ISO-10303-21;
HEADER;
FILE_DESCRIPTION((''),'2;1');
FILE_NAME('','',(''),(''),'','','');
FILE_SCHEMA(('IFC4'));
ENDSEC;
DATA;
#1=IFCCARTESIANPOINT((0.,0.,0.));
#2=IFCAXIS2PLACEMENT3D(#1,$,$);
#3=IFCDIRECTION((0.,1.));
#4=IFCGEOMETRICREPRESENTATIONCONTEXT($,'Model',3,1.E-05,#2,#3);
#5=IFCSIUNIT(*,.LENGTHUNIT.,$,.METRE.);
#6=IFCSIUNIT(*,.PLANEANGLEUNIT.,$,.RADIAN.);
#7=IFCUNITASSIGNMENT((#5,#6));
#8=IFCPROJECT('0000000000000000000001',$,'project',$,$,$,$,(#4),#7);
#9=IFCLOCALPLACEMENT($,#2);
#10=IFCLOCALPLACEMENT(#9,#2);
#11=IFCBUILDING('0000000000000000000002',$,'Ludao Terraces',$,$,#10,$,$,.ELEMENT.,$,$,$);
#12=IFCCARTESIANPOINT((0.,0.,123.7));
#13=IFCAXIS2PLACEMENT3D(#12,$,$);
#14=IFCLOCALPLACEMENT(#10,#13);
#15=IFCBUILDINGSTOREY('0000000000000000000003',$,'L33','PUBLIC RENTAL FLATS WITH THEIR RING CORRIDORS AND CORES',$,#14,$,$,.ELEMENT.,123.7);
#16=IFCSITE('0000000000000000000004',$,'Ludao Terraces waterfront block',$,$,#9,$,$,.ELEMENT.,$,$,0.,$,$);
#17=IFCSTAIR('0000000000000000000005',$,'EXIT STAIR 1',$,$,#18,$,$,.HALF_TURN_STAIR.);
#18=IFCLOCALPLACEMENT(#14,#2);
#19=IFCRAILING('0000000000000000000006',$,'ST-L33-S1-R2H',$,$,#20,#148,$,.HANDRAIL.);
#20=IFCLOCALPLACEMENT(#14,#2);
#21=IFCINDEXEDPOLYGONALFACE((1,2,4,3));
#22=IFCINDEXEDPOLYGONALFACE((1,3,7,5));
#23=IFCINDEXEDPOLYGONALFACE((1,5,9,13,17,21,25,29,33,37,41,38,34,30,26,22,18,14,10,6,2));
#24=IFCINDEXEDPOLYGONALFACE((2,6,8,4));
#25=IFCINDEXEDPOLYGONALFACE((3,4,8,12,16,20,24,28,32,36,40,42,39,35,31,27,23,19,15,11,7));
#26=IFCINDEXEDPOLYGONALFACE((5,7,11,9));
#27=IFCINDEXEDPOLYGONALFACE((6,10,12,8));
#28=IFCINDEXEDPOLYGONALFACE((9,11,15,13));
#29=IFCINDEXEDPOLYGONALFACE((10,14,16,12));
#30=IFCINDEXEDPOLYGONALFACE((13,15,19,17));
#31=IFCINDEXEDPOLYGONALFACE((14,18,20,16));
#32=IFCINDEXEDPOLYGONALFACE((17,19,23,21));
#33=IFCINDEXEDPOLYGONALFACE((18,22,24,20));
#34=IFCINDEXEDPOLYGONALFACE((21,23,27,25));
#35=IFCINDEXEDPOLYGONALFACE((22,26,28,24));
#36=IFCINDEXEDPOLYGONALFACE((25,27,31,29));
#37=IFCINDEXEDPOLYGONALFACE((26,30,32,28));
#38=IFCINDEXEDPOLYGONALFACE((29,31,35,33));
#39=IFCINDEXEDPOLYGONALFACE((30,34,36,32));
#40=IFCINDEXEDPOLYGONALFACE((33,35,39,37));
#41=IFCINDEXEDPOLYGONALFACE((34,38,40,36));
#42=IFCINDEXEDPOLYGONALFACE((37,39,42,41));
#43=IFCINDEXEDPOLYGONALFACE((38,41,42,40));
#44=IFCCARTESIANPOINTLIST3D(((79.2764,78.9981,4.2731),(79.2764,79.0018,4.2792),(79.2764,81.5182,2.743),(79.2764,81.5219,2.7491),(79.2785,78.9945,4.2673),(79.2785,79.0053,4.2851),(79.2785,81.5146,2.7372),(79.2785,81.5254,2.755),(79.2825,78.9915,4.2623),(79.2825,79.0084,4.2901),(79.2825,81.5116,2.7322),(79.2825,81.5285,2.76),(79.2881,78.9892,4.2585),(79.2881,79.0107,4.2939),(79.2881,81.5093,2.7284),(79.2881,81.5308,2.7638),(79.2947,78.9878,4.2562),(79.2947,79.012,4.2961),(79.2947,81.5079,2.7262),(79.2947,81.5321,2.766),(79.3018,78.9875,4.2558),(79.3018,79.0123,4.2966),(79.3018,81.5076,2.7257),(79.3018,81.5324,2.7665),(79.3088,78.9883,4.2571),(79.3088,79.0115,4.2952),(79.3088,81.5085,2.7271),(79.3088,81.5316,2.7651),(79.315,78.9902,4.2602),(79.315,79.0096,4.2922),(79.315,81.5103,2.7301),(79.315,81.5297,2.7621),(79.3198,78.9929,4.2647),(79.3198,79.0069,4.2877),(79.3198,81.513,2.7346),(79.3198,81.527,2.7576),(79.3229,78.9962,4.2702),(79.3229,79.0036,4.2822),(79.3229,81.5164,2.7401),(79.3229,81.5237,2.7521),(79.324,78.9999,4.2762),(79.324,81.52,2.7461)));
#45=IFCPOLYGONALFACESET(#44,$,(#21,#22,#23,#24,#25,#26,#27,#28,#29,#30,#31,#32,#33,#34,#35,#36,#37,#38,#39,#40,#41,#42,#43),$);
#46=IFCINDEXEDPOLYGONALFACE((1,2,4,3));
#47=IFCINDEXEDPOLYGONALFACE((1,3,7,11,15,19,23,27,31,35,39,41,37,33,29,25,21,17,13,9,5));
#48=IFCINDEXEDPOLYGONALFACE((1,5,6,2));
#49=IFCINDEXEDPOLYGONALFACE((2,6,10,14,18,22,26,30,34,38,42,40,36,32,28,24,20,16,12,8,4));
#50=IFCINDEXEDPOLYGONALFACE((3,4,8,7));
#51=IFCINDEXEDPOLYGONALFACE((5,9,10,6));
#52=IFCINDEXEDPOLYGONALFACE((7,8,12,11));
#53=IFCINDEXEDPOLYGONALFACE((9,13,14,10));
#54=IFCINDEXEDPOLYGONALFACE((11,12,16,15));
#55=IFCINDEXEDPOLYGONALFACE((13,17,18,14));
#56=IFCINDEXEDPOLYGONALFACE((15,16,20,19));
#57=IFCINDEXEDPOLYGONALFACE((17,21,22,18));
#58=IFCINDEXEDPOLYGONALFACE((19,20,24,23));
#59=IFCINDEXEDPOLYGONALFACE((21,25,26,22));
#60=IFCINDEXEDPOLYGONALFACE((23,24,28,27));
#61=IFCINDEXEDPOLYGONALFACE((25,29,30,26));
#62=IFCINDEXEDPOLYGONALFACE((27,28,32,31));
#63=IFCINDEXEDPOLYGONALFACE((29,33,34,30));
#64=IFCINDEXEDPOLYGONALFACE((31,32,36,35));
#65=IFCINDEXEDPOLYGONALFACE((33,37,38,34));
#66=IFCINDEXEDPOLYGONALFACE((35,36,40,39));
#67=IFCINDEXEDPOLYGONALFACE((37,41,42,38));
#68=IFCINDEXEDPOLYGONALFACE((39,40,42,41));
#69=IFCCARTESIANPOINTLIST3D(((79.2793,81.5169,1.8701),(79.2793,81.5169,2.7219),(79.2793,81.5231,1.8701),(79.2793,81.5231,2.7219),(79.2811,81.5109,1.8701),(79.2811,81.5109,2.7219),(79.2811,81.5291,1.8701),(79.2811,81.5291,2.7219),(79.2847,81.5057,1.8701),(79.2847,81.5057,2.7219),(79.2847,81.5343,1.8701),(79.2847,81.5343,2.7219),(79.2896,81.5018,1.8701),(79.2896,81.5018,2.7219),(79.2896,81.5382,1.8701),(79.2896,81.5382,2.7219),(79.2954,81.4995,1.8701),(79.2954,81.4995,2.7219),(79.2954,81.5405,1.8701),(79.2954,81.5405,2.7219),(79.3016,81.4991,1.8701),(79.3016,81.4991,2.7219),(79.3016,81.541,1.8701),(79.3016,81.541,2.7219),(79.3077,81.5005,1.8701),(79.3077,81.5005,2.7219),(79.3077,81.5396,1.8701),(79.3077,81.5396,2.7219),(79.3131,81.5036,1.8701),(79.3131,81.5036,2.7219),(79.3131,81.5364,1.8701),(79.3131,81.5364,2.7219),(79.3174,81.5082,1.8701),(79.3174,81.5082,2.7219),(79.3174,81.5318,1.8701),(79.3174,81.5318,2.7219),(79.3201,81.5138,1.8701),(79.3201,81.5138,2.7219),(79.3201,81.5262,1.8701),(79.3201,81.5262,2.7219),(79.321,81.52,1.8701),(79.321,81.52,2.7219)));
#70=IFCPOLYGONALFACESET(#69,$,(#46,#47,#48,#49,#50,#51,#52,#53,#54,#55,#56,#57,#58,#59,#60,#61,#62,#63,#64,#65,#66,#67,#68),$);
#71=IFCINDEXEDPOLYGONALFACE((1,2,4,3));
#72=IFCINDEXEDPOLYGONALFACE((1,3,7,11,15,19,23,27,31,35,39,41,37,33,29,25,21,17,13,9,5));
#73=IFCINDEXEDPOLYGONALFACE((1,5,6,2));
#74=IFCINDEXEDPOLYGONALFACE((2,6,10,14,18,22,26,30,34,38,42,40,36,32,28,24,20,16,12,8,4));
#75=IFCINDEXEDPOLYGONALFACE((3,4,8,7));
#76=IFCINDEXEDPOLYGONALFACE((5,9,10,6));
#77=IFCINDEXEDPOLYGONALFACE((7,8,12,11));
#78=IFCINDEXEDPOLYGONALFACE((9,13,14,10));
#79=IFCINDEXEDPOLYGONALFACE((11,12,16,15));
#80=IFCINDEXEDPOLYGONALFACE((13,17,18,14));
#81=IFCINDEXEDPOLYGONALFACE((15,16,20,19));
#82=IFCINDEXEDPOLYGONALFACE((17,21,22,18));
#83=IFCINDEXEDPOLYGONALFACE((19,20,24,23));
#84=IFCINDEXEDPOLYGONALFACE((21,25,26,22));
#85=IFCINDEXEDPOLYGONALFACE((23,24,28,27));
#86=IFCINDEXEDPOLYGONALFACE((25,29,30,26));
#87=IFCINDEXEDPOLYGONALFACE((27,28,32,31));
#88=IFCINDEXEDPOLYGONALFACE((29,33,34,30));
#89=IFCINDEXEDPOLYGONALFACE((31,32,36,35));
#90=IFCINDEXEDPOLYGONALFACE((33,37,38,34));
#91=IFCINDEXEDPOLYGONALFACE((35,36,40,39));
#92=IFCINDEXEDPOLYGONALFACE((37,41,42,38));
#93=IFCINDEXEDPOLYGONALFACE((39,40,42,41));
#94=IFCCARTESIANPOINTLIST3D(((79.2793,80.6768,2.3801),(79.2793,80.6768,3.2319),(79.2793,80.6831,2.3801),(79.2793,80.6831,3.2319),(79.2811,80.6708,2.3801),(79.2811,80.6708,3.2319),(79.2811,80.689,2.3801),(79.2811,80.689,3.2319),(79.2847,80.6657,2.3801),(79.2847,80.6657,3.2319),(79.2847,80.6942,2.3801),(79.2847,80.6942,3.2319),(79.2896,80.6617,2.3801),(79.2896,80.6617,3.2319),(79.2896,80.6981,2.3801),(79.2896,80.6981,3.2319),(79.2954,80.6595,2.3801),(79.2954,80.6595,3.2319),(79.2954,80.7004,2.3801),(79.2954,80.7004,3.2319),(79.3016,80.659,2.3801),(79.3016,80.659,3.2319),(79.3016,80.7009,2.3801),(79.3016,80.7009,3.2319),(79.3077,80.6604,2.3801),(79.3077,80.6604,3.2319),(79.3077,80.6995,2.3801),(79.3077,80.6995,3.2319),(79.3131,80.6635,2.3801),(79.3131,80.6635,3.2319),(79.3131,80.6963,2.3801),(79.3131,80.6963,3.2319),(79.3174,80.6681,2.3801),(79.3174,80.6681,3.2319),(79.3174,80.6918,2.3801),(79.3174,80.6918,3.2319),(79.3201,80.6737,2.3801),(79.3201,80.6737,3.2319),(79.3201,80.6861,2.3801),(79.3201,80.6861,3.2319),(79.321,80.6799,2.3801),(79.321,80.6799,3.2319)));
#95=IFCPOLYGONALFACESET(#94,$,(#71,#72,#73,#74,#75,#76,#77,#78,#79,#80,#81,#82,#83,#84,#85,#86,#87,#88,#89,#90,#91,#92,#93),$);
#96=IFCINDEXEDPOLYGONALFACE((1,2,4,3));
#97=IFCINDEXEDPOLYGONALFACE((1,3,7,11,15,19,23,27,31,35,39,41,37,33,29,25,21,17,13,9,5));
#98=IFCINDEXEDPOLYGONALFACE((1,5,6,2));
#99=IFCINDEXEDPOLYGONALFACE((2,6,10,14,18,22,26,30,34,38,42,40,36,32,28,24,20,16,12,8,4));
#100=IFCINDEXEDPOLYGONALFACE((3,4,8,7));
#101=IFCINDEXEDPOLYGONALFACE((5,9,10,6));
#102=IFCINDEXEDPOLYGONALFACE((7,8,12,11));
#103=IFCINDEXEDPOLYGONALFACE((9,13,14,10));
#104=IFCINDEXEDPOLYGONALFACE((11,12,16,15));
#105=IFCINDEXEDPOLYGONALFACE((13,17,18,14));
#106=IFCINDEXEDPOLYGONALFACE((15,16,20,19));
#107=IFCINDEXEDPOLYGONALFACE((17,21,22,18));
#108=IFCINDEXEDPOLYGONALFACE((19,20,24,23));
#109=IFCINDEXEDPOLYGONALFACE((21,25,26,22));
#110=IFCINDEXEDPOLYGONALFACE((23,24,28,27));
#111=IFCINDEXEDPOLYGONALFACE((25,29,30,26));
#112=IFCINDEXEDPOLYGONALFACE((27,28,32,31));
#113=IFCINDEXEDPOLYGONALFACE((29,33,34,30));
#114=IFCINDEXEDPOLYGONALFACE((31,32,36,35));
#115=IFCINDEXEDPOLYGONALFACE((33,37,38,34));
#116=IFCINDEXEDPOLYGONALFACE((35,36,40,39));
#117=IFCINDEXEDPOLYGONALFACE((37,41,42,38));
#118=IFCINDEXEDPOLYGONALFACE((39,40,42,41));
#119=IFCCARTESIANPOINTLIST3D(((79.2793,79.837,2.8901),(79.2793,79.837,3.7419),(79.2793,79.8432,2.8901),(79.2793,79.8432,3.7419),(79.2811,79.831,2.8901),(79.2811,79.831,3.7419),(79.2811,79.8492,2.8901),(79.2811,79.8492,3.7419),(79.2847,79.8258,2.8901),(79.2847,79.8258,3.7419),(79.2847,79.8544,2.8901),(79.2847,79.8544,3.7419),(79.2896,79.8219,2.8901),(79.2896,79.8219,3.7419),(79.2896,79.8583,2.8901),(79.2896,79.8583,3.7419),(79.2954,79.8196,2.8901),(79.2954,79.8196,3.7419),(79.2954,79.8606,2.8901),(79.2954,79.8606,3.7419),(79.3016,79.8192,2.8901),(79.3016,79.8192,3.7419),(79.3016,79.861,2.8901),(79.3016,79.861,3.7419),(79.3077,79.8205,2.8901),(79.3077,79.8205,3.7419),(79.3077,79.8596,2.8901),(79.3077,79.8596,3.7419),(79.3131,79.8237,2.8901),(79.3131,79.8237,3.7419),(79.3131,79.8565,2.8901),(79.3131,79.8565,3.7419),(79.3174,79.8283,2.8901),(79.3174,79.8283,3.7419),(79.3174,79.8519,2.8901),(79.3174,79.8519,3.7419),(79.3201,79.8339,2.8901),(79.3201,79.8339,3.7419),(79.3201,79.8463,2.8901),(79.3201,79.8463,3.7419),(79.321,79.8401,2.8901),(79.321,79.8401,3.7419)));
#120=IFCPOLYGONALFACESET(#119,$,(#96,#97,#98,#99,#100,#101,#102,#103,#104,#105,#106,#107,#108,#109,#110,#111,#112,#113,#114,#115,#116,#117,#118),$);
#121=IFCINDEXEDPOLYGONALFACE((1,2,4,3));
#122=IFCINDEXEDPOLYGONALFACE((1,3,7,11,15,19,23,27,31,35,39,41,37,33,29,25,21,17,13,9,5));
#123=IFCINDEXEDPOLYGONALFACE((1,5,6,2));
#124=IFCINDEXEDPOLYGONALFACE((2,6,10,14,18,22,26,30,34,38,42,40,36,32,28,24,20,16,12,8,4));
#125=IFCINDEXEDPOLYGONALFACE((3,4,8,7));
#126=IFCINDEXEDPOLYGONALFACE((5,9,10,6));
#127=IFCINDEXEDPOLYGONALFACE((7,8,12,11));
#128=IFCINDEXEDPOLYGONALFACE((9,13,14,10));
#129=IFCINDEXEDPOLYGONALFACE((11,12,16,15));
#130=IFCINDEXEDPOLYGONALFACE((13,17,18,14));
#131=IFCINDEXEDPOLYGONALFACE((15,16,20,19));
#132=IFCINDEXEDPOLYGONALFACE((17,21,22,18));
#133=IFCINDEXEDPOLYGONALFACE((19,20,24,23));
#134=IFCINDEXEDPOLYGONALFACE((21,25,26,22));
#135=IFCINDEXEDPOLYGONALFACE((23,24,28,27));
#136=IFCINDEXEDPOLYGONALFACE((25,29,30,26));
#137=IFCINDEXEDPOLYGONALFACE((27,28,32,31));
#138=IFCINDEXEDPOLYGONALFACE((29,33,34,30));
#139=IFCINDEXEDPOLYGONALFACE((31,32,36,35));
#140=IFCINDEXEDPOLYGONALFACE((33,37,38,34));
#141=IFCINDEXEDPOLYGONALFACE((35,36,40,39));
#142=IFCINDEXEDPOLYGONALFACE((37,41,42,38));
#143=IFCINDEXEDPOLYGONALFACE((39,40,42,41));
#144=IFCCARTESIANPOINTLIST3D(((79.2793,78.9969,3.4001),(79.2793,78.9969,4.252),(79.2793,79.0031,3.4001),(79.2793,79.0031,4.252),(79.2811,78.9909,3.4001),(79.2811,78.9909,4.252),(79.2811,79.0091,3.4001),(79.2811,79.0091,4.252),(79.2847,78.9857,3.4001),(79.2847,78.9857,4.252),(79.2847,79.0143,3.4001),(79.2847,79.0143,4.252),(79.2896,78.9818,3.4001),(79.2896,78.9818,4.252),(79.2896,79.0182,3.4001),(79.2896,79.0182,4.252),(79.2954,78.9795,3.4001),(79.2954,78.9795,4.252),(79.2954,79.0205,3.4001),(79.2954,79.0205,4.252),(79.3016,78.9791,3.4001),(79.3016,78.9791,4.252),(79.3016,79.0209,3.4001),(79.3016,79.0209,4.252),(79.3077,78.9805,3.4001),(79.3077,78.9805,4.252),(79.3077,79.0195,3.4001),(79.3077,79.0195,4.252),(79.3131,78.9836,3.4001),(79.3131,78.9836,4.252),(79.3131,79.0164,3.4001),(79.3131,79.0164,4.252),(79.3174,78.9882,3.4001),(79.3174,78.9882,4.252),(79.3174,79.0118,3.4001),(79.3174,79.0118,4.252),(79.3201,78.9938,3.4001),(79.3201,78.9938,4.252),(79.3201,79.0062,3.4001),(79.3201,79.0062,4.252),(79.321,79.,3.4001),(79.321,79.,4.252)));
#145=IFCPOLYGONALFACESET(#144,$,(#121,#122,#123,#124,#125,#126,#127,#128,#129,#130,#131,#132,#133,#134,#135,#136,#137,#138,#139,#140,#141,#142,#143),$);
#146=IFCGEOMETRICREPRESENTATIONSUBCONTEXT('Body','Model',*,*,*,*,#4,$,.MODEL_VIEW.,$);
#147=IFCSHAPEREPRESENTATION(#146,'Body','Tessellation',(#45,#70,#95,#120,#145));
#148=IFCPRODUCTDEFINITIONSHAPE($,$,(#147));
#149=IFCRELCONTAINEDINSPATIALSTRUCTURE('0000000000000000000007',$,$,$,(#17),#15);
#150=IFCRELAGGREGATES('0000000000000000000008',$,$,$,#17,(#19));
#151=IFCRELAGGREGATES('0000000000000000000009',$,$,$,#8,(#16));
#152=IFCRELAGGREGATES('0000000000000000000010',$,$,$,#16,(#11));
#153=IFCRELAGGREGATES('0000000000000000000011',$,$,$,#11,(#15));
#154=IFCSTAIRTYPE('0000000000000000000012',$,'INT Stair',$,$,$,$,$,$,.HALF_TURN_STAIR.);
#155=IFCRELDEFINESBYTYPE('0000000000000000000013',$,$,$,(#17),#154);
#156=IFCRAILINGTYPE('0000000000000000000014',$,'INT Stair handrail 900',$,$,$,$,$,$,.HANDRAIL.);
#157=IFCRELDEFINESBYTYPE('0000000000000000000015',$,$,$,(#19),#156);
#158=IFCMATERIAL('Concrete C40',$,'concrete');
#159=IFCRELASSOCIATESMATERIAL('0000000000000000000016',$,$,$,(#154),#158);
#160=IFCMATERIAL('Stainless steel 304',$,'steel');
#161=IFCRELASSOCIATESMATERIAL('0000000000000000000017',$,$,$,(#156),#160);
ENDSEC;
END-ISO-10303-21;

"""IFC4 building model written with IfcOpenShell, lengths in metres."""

from ifc_helpers import new_model, si_unit, direction, frame, origin, origin_2d, place, context, subcontext, project, spatial, circle, extrude, material, type_object, element, aggregate, save


model = new_model("IFC4")

# Units and contexts
model_context = context("Model", 3, precision=1e-05, world=origin(), true_north=direction((0.0, 1.0)))
body_context = subcontext(model_context, "Body", "Model", "MODEL_VIEW")
ifc_project = project(units=[si_unit("LENGTHUNIT", "METRE"), si_unit("PLANEANGLEUNIT", "RADIAN")], contexts=[model_context])

# Site, building, storey
site_placement = place(None, origin())
site = spatial("IfcSite", under=ifc_project, at=site_placement, Name="Ludao Terraces waterfront block", CompositionType="ELEMENT", RefElevation=0.0)
building_placement = place(site_placement, origin())
building = spatial("IfcBuilding", under=site, at=building_placement, Name="Ludao Terraces", CompositionType="ELEMENT")
storey_placement = place(building_placement, frame((0.0, 0.0, 123.7)))
storey = spatial("IfcBuildingStorey", under=building, at=storey_placement, Name="L33", Description="PUBLIC RENTAL FLATS WITH THEIR RING CORRIDORS AND CORES", CompositionType="ELEMENT", Elevation=123.7)

# Shared definitions
ifc_material_1 = material(Name="Stainless steel 304", Category="steel")

# Stair, railing
ifc_material_2 = material(Name="Concrete C40", Category="concrete")
stair_type = type_object("IfcStairType", Name="INT Stair", PredefinedType="HALF_TURN_STAIR", material=ifc_material_2)
stair_placement = place(storey_placement, origin())
stair = element("IfcStair", 1, at=stair_placement, inside=storey, type_object=stair_type, Name="EXIT STAIR 1", PredefinedType="HALF_TURN_STAIR")
railing_type_1 = type_object("IfcRailingType", Name="INT Stair handrail 900", PredefinedType="HANDRAIL", material=ifc_material_1)
railing_1_placement = place(storey_placement, frame((79.3, 81.52, 1.8701)))
railing_1 = element("IfcRailing", 2, at=railing_1_placement, type_object=railing_type_1, Name="ST-L33-S1-R2H", PredefinedType="HANDRAIL", context=body_context, shape_type="SweptSolid", body=[
    extrude(circle(Radius=0.0239, at=origin_2d()), frame((0.0, 0.0, 0.876), z_axis=(0.0, -0.854785, 0.518982), x_axis=(1.0, 0.0, 0.0)), (0.0, 0.0, 1.0), 2.9482),
    extrude(circle(Radius=0.021, at=origin_2d()), origin(), (0.0, 0.0, 1.0), 0.8518),
    extrude(circle(Radius=0.021, at=origin_2d()), frame((0.0, -0.8401, 0.51)), (0.0, 0.0, 1.0), 0.8518),
    extrude(circle(Radius=0.021, at=origin_2d()), frame((0.0, -1.6799, 1.02)), (0.0, 0.0, 1.0), 0.8518),
    extrude(circle(Radius=0.021, at=origin_2d()), frame((0.0, -2.52, 1.53)), (0.0, 0.0, 1.0), 0.8518),
])
aggregate(stair, [railing_1])

save(model, "model.ifc")
